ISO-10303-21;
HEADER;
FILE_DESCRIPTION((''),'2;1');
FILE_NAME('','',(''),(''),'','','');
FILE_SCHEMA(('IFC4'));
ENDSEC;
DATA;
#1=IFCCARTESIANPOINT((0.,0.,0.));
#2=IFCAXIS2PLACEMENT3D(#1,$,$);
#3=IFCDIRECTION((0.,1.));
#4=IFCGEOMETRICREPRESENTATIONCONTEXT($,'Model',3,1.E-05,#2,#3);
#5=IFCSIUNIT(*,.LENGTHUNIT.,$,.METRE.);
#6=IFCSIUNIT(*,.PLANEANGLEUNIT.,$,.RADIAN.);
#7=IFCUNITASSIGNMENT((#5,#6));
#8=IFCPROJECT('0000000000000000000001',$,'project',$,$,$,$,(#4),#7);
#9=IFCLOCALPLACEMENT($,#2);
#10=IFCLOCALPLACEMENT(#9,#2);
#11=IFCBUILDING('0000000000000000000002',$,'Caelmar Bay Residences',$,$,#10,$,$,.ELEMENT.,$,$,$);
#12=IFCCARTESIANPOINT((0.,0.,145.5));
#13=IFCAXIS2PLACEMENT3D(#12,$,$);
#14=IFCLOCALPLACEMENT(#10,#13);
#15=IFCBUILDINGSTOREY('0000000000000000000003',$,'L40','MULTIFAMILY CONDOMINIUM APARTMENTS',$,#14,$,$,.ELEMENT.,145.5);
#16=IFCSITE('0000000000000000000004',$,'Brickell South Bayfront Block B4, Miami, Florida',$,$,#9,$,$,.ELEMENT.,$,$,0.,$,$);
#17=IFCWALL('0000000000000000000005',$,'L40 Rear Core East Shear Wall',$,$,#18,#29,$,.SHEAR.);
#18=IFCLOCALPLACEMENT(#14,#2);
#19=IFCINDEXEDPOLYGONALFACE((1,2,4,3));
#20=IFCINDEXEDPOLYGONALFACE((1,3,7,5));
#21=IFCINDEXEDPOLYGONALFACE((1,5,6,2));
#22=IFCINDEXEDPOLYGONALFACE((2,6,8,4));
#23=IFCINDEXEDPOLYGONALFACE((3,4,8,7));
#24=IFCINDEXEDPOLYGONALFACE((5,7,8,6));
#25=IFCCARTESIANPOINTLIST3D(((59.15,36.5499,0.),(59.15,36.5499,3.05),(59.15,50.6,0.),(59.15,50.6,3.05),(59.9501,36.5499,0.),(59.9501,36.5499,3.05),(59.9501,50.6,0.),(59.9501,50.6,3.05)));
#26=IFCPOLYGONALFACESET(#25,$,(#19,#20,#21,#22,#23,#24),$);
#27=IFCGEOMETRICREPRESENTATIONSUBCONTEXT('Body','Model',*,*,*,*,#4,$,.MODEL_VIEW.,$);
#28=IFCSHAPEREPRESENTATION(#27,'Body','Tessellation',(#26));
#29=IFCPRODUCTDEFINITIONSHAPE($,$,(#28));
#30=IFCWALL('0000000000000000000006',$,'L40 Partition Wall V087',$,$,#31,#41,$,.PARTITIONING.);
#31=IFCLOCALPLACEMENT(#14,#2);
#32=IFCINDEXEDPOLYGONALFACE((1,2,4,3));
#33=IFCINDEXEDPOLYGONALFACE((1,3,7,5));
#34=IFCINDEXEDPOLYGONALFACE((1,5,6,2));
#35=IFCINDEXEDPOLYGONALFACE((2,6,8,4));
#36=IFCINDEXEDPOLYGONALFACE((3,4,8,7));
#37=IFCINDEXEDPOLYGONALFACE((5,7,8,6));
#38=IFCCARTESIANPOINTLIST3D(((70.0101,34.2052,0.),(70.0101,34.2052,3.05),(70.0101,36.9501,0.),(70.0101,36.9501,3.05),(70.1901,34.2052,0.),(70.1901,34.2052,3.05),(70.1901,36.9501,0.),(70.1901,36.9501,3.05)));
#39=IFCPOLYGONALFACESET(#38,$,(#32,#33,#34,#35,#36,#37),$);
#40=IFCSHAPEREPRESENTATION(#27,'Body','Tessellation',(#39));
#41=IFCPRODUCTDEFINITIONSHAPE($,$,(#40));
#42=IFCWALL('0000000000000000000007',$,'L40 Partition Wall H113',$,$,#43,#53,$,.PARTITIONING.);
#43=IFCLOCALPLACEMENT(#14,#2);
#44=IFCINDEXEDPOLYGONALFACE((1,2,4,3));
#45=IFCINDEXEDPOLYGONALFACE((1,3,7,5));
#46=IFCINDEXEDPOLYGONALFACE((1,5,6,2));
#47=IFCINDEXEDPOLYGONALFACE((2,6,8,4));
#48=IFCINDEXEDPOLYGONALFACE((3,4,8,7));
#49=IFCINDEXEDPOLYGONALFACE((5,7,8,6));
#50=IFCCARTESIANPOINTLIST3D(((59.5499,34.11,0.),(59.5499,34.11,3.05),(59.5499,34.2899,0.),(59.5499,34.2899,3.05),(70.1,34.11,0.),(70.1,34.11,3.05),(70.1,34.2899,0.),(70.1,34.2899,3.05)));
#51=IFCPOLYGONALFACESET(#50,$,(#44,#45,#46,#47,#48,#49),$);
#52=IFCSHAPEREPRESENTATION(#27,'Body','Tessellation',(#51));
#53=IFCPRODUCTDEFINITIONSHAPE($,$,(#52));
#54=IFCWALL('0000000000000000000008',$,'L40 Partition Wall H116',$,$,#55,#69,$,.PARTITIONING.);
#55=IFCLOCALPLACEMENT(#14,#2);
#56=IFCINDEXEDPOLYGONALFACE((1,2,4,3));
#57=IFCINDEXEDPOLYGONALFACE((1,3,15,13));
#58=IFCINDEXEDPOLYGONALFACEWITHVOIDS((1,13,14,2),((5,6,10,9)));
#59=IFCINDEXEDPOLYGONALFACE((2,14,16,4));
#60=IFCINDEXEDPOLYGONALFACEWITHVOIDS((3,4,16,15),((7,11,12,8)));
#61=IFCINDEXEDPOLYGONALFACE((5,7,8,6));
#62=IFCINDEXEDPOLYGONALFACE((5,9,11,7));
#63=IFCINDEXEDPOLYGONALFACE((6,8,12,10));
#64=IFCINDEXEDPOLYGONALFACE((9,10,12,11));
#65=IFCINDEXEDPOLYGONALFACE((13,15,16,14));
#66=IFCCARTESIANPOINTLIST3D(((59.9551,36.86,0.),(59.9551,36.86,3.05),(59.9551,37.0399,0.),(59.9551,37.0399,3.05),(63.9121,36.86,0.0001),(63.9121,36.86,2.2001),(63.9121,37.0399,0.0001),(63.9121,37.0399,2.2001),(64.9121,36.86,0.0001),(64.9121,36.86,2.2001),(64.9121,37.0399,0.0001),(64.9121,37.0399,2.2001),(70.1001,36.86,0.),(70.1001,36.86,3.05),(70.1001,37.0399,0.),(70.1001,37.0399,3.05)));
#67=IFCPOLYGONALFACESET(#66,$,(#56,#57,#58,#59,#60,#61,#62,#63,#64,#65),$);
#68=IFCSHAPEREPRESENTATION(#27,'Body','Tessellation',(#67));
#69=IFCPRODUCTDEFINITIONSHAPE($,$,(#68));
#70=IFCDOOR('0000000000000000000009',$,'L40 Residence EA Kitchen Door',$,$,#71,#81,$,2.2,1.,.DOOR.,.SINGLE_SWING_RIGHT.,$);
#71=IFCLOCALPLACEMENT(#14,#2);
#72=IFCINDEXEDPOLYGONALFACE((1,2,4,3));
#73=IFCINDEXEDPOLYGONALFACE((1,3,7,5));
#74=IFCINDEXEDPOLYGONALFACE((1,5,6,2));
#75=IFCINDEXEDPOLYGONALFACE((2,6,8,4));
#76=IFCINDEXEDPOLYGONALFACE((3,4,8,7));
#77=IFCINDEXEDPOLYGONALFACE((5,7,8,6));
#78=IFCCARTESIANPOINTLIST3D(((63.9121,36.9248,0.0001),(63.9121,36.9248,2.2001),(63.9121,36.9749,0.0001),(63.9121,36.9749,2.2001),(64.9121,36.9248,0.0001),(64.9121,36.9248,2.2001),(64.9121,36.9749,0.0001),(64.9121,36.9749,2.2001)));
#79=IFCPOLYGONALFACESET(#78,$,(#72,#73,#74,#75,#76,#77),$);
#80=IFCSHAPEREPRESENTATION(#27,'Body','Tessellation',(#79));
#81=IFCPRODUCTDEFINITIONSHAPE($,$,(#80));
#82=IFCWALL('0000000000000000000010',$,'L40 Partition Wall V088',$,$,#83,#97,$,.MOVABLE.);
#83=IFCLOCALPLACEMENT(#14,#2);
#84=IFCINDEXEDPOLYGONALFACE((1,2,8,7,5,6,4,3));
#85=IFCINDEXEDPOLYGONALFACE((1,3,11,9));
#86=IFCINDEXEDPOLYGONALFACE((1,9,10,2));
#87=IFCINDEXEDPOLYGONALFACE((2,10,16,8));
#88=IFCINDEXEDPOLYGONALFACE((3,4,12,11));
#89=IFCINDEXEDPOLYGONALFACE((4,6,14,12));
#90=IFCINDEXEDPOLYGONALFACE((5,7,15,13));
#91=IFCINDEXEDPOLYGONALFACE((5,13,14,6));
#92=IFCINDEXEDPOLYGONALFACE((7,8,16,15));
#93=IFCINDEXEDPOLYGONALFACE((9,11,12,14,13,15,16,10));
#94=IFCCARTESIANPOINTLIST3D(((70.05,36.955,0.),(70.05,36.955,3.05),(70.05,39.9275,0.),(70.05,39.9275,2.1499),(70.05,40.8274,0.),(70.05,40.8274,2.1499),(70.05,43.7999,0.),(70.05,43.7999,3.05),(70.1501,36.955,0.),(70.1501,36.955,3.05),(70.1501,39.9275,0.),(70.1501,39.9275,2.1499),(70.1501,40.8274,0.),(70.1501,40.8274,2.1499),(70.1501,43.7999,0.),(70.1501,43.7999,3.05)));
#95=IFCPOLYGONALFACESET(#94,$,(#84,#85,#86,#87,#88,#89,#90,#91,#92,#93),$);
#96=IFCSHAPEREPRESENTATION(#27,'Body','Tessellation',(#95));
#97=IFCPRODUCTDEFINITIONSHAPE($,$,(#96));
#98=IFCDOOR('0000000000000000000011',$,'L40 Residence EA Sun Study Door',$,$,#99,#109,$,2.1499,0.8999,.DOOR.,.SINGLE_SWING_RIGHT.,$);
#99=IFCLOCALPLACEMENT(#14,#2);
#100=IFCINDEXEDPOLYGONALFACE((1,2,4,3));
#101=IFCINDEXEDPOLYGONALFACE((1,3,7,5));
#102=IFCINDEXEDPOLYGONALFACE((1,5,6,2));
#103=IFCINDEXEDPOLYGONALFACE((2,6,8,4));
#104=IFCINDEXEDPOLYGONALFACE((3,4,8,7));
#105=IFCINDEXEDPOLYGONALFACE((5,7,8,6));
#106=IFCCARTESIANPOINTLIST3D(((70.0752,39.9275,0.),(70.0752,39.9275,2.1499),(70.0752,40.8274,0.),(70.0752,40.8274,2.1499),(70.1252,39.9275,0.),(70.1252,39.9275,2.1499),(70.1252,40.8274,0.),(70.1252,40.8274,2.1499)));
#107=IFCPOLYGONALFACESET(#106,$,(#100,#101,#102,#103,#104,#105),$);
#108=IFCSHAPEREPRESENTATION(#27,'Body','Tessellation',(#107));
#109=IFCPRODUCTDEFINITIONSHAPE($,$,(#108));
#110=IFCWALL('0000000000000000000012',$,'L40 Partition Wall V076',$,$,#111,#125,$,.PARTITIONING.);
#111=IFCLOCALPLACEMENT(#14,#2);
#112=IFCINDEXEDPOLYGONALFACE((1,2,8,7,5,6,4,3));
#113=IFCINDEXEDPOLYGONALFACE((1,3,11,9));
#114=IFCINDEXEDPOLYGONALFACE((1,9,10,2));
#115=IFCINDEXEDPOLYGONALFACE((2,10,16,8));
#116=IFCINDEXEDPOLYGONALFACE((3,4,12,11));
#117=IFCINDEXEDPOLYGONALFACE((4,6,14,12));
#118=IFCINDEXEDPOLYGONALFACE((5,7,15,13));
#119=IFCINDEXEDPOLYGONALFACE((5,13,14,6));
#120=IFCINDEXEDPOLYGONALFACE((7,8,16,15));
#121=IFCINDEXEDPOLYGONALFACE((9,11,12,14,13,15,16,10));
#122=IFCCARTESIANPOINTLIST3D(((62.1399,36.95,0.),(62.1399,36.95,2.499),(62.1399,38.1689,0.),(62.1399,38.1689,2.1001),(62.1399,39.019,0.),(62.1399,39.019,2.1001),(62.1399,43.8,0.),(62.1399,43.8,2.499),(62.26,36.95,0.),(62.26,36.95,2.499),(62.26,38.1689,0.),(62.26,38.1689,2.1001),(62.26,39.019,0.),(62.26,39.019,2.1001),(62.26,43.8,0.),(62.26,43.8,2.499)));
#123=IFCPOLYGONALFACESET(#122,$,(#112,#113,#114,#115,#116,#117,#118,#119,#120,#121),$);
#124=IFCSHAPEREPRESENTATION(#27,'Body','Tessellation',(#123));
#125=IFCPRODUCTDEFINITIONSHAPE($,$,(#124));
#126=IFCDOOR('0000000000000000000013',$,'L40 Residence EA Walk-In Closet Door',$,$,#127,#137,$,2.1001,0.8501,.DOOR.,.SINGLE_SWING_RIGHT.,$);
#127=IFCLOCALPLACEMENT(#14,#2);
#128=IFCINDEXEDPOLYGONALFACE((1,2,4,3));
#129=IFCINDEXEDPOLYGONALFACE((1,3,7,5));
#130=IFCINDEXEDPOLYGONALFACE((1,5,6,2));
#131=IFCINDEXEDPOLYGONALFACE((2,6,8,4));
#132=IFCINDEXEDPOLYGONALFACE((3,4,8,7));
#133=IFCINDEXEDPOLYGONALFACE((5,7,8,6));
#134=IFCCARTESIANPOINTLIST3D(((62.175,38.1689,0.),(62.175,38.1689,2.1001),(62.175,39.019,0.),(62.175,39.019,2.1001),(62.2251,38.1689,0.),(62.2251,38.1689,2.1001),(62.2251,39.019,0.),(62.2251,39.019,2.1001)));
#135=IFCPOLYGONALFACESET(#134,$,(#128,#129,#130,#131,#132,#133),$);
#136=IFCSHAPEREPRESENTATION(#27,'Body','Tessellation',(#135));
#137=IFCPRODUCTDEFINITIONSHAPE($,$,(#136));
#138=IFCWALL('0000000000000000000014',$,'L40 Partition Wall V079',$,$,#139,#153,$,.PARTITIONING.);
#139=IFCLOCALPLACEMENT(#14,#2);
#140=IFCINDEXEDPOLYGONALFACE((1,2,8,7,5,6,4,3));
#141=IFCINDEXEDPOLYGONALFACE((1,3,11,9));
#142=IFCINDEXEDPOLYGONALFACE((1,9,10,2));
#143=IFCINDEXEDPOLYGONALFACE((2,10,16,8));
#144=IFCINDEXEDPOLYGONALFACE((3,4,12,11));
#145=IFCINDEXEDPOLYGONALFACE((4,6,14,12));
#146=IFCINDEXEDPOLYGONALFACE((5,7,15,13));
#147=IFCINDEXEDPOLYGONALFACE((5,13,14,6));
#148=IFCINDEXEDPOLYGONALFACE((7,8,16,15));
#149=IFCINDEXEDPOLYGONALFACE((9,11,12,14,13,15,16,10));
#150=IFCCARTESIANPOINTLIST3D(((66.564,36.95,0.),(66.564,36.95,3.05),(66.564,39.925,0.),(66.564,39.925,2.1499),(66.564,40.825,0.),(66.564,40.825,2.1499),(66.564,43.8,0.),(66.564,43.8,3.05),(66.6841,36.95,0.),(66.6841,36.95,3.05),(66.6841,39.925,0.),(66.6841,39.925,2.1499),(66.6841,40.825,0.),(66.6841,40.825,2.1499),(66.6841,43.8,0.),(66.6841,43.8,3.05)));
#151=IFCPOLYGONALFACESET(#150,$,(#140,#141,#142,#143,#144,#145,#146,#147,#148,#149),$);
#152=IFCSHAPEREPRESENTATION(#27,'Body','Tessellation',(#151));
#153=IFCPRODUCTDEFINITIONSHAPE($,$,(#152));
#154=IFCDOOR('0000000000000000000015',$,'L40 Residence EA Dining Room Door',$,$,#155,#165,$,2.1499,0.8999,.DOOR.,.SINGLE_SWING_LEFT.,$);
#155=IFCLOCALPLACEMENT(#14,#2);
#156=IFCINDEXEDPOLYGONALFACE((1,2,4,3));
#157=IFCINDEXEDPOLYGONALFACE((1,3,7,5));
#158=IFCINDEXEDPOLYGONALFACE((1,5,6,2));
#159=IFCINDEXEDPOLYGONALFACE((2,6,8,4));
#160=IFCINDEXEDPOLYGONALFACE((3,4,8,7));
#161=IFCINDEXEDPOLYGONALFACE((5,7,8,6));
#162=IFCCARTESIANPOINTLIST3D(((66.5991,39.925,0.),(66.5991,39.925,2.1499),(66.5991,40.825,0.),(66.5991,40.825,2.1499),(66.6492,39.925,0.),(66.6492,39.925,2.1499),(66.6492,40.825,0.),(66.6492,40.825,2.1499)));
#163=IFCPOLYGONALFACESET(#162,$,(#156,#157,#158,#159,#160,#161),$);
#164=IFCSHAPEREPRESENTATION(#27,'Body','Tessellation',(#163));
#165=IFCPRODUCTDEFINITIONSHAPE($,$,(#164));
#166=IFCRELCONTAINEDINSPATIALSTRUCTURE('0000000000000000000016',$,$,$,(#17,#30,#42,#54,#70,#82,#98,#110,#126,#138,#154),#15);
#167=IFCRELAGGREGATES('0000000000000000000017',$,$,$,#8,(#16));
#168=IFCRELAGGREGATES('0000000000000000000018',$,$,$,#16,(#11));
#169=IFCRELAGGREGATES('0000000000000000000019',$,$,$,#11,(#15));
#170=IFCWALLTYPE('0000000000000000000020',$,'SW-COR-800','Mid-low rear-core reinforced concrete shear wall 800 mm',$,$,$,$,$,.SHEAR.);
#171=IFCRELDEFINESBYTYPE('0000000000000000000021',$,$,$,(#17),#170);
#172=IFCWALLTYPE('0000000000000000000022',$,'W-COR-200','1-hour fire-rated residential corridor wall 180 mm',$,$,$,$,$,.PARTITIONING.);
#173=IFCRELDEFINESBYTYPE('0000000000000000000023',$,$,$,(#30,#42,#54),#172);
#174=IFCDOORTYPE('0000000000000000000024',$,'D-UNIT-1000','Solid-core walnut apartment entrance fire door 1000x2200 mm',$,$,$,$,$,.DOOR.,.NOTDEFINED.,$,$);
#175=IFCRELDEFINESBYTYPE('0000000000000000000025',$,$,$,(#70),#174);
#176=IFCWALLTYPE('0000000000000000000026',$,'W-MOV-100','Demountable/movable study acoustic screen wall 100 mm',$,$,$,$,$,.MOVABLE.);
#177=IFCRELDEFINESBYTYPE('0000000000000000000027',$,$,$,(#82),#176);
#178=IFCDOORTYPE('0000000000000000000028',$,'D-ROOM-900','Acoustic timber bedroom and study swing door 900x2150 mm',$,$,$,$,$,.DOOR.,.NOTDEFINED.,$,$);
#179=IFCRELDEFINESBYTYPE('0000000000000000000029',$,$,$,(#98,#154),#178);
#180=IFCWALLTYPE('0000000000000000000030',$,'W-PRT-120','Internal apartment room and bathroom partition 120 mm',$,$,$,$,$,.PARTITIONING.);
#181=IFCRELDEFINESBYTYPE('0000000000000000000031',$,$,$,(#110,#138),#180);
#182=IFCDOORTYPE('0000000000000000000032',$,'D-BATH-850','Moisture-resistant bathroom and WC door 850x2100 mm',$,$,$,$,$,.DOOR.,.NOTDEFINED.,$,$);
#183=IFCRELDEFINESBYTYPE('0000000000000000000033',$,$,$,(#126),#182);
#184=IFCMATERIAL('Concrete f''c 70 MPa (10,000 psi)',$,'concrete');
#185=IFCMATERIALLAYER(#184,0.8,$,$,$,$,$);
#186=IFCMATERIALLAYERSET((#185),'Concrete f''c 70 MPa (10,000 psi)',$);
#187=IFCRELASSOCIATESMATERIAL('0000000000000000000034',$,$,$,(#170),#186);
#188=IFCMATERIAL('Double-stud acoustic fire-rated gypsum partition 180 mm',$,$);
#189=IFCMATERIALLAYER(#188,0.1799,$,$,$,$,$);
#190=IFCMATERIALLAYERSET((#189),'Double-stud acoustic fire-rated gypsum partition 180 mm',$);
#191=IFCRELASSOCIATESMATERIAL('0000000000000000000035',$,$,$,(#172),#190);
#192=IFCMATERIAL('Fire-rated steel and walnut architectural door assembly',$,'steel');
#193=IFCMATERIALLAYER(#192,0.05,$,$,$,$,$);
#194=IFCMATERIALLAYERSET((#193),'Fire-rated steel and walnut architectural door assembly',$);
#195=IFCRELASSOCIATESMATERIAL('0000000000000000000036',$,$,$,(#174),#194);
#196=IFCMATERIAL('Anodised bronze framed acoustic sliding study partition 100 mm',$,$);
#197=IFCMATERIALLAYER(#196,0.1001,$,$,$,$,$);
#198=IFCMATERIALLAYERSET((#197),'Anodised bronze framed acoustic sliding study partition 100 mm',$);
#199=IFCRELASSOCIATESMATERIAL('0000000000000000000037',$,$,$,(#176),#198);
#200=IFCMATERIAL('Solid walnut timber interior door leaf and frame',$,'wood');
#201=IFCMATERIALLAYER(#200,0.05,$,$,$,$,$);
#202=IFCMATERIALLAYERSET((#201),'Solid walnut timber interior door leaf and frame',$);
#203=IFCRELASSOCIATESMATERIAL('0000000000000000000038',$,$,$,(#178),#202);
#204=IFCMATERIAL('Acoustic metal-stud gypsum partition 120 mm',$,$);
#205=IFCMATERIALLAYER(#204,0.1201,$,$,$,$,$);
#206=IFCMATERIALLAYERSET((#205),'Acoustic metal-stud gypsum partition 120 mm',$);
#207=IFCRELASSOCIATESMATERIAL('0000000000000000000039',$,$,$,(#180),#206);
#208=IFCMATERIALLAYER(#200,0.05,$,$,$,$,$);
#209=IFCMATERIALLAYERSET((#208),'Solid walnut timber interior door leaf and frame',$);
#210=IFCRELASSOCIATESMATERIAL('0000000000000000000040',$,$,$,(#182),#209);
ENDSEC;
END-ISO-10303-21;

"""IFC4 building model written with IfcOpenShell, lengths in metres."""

from ifc_helpers import new_model, si_unit, direction, frame, frame_2d, origin, place, context, subcontext, project, spatial, rectangle, extrude, material, layer, layer_set, type_object, element, fill, save


model = new_model("IFC4")

# Units and contexts
model_context = context("Model", 3, precision=1e-05, world=origin(), true_north=direction((0.0, 1.0)))
body_context = subcontext(model_context, "Body", "Model", "MODEL_VIEW")
ifc_project = project(units=[si_unit("LENGTHUNIT", "METRE"), si_unit("PLANEANGLEUNIT", "RADIAN")], contexts=[model_context])

# Site, building, storey
site_placement = place(None, origin())
site = spatial("IfcSite", under=ifc_project, at=site_placement, Name="Brickell South Bayfront Block B4, Miami, Florida", CompositionType="ELEMENT", RefElevation=0.0)
building_placement = place(site_placement, origin())
building = spatial("IfcBuilding", under=site, at=building_placement, Name="Caelmar Bay Residences", CompositionType="ELEMENT")
storey_placement = place(building_placement, frame((0.0, 0.0, 145.5)))
storey = spatial("IfcBuildingStorey", under=building, at=storey_placement, Name="L40", Description="MULTIFAMILY CONDOMINIUM APARTMENTS", CompositionType="ELEMENT", Elevation=145.5)

# Walls
ifc_material_1 = material(Name="Concrete f'c 70 MPa (10,000 psi)", Category="concrete")
ifc_layer_1 = layer(ifc_material_1, 0.8)
ifc_layer_set_1 = layer_set([ifc_layer_1], Name="Concrete f'c 70 MPa (10,000 psi)")
wall_type_1 = type_object("IfcWallType", Name="SW-COR-800", Description="Mid-low rear-core reinforced concrete shear wall 800 mm", PredefinedType="SHEAR", material=ifc_layer_set_1)
wall_1_placement = place(storey_placement, frame((59.55, 36.55, 0.0), z_axis=(0.0, 0.0, 1.0), x_axis=(0.0, 1.0, 0.0)))
element("IfcWall", 1, at=wall_1_placement, inside=storey, type_object=wall_type_1, Name="L40 Rear Core East Shear Wall", PredefinedType="SHEAR", context=body_context, shape_type="SweptSolid", body=[
    extrude(rectangle(XDim=14.05, YDim=0.8, at=frame_2d((7.0249, 0.0))), origin(), (0.0, 0.0, 1.0), 3.05),
])
ifc_material_2 = material(Name="Double-stud acoustic fire-rated gypsum partition 180 mm")
ifc_layer_2 = layer(ifc_material_2, 0.1799)
ifc_layer_set_2 = layer_set([ifc_layer_2], Name="Double-stud acoustic fire-rated gypsum partition 180 mm")
wall_type_2 = type_object("IfcWallType", Name="W-COR-200", Description="1-hour fire-rated residential corridor wall 180 mm", PredefinedType="PARTITIONING", material=ifc_layer_set_2)
wall_2_placement = place(storey_placement, frame((70.1001, 34.2051, 0.0), z_axis=(0.0, 0.0, 1.0), x_axis=(0.0, 1.0, 0.0)))
element("IfcWall", 2, at=wall_2_placement, inside=storey, type_object=wall_type_2, Name="L40 Partition Wall V087", PredefinedType="PARTITIONING", context=body_context, shape_type="SweptSolid", body=[
    extrude(rectangle(XDim=2.7449, YDim=0.1799, at=frame_2d((1.3726, 0.0))), origin(), (0.0, 0.0, 1.0), 3.05),
])
wall_3_placement = place(storey_placement, frame((59.55, 34.2, 0.0), z_axis=(0.0, 0.0, 1.0), x_axis=(1.0, 0.0, 0.0)))
element("IfcWall", 3, at=wall_3_placement, inside=storey, type_object=wall_type_2, Name="L40 Partition Wall H113", PredefinedType="PARTITIONING", context=body_context, shape_type="SweptSolid", body=[
    extrude(rectangle(XDim=10.55, YDim=0.1799, at=frame_2d((5.2749, 0.0))), origin(), (0.0, 0.0, 1.0), 3.05),
])

# Walls, openings, doors
wall_4_placement = place(storey_placement, frame((59.9551, 36.95, 0.0), z_axis=(0.0, 0.0, 1.0), x_axis=(1.0, 0.0, 0.0)))
wall_4 = element("IfcWall", 4, at=wall_4_placement, inside=storey, type_object=wall_type_2, Name="L40 Partition Wall H116", PredefinedType="PARTITIONING", context=body_context, shape_type="SweptSolid", body=[
    extrude(rectangle(XDim=10.145, YDim=0.1799, at=frame_2d((5.0725, 0.0))), origin(), (0.0, 0.0, 1.0), 3.05),
])
opening_1_placement = place(wall_4_placement, frame((3.957, 0.0, 0.0)))
opening_1 = element("IfcOpeningElement", 5, at=opening_1_placement, cuts=wall_4, PredefinedType="OPENING", context=body_context, shape_type="SweptSolid", body=[
    extrude(rectangle(XDim=1.0, YDim=2.2, at=frame_2d((0.5, 1.1001))), frame((0.0, 0.0999, 0.0), z_axis=(0.0, -1.0, 0.0), x_axis=(1.0, 0.0, 0.0)), (0.0, 0.0, 1.0), 0.2),
])
ifc_material_3 = material(Name="Fire-rated steel and walnut architectural door assembly", Category="steel")
ifc_layer_3 = layer(ifc_material_3, 0.05)
ifc_layer_set_3 = layer_set([ifc_layer_3], Name="Fire-rated steel and walnut architectural door assembly")
door_type_1 = type_object("IfcDoorType", Name="D-UNIT-1000", Description="Solid-core walnut apartment entrance fire door 1000x2200 mm", OperationType="NOTDEFINED", PredefinedType="DOOR", material=ifc_layer_set_3)
door_1_placement = place(opening_1_placement, origin())
door_1 = element("IfcDoor", 6, at=door_1_placement, inside=storey, type_object=door_type_1, Name="L40 Residence EA Kitchen Door", OperationType="SINGLE_SWING_RIGHT", OverallHeight=2.2, OverallWidth=1.0, PredefinedType="DOOR", context=body_context, shape_type="SweptSolid", body=[
    extrude(rectangle(XDim=1.0, YDim=2.2, at=frame_2d((0.5, 1.1001))), frame((0.0, 0.0249, 0.0), z_axis=(0.0, -1.0, 0.0), x_axis=(1.0, 0.0, 0.0)), (0.0, 0.0, 1.0), 0.05),
])
fill(opening_1, door_1)
ifc_material_4 = material(Name="Anodised bronze framed acoustic sliding study partition 100 mm")
ifc_layer_4 = layer(ifc_material_4, 0.1001)
ifc_layer_set_4 = layer_set([ifc_layer_4], Name="Anodised bronze framed acoustic sliding study partition 100 mm")
wall_type_3 = type_object("IfcWallType", Name="W-MOV-100", Description="Demountable/movable study acoustic screen wall 100 mm", PredefinedType="MOVABLE", material=ifc_layer_set_4)
wall_5_placement = place(storey_placement, frame((70.1001, 36.9551, 0.0), z_axis=(0.0, 0.0, 1.0), x_axis=(0.0, 1.0, 0.0)))
wall_5 = element("IfcWall", 7, at=wall_5_placement, inside=storey, type_object=wall_type_3, Name="L40 Partition Wall V088", PredefinedType="MOVABLE", context=body_context, shape_type="SweptSolid", body=[
    extrude(rectangle(XDim=6.845, YDim=0.1001, at=frame_2d((3.4224, 0.0))), origin(), (0.0, 0.0, 1.0), 3.05),
])
opening_2_placement = place(wall_5_placement, frame((2.9724, 0.0, 0.0)))
opening_2 = element("IfcOpeningElement", 8, at=opening_2_placement, cuts=wall_5, PredefinedType="OPENING", context=body_context, shape_type="SweptSolid", body=[
    extrude(rectangle(XDim=0.8999, YDim=2.1499, at=frame_2d((0.45, 1.075))), frame((0.0, 0.0601, 0.0), z_axis=(0.0, -1.0, 0.0), x_axis=(1.0, 0.0, 0.0)), (0.0, 0.0, 1.0), 0.1201),
])
ifc_material_5 = material(Name="Solid walnut timber interior door leaf and frame", Category="wood")
ifc_layer_5 = layer(ifc_material_5, 0.05)
ifc_layer_set_5 = layer_set([ifc_layer_5], Name="Solid walnut timber interior door leaf and frame")
door_type_2 = type_object("IfcDoorType", Name="D-ROOM-900", Description="Acoustic timber bedroom and study swing door 900x2150 mm", OperationType="NOTDEFINED", PredefinedType="DOOR", material=ifc_layer_set_5)
door_2_placement = place(opening_2_placement, origin())
door_2 = element("IfcDoor", 9, at=door_2_placement, inside=storey, type_object=door_type_2, Name="L40 Residence EA Sun Study Door", OperationType="SINGLE_SWING_RIGHT", OverallHeight=2.1499, OverallWidth=0.8999, PredefinedType="DOOR", context=body_context, shape_type="SweptSolid", body=[
    extrude(rectangle(XDim=0.8999, YDim=2.1499, at=frame_2d((0.45, 1.075))), frame((0.0, 0.0249, 0.0), z_axis=(0.0, -1.0, 0.0), x_axis=(1.0, 0.0, 0.0)), (0.0, 0.0, 1.0), 0.05),
])
fill(opening_2, door_2)
ifc_material_6 = material(Name="Acoustic metal-stud gypsum partition 120 mm")
ifc_layer_6 = layer(ifc_material_6, 0.1201)
ifc_layer_set_6 = layer_set([ifc_layer_6], Name="Acoustic metal-stud gypsum partition 120 mm")
wall_type_4 = type_object("IfcWallType", Name="W-PRT-120", Description="Internal apartment room and bathroom partition 120 mm", PredefinedType="PARTITIONING", material=ifc_layer_set_6)
wall_6_placement = place(storey_placement, frame((62.2, 36.95, 0.0), z_axis=(0.0, 0.0, 1.0), x_axis=(0.0, 1.0, 0.0)))
wall_6 = element("IfcWall", 10, at=wall_6_placement, inside=storey, type_object=wall_type_4, Name="L40 Partition Wall V076", PredefinedType="PARTITIONING", context=body_context, shape_type="SweptSolid", body=[
    extrude(rectangle(XDim=6.8501, YDim=0.1201, at=frame_2d((3.425, 0.0))), origin(), (0.0, 0.0, 1.0), 2.499),
])
opening_3_placement = place(wall_6_placement, frame((1.219, 0.0, 0.0)))
opening_3 = element("IfcOpeningElement", 11, at=opening_3_placement, cuts=wall_6, PredefinedType="OPENING", context=body_context, shape_type="SweptSolid", body=[
    extrude(rectangle(XDim=0.8501, YDim=2.1001, at=frame_2d((0.425, 1.05))), frame((0.0, 0.0701, 0.0), z_axis=(0.0, -1.0, 0.0), x_axis=(1.0, 0.0, 0.0)), (0.0, 0.0, 1.0), 0.1401),
])
ifc_layer_7 = layer(ifc_material_5, 0.05)
ifc_layer_set_7 = layer_set([ifc_layer_7], Name="Solid walnut timber interior door leaf and frame")
door_type_3 = type_object("IfcDoorType", Name="D-BATH-850", Description="Moisture-resistant bathroom and WC door 850x2100 mm", OperationType="NOTDEFINED", PredefinedType="DOOR", material=ifc_layer_set_7)
door_3_placement = place(opening_3_placement, origin())
door_3 = element("IfcDoor", 12, at=door_3_placement, inside=storey, type_object=door_type_3, Name="L40 Residence EA Walk-In Closet Door", OperationType="SINGLE_SWING_RIGHT", OverallHeight=2.1001, OverallWidth=0.8501, PredefinedType="DOOR", context=body_context, shape_type="SweptSolid", body=[
    extrude(rectangle(XDim=0.8501, YDim=2.1001, at=frame_2d((0.425, 1.05))), frame((0.0, 0.0249, 0.0), z_axis=(0.0, -1.0, 0.0), x_axis=(1.0, 0.0, 0.0)), (0.0, 0.0, 1.0), 0.05),
])
fill(opening_3, door_3)
wall_7_placement = place(storey_placement, frame((66.624, 36.95, 0.0), z_axis=(0.0, 0.0, 1.0), x_axis=(0.0, 1.0, 0.0)))
wall_7 = element("IfcWall", 13, at=wall_7_placement, inside=storey, type_object=wall_type_4, Name="L40 Partition Wall V079", PredefinedType="PARTITIONING", context=body_context, shape_type="SweptSolid", body=[
    extrude(rectangle(XDim=6.8501, YDim=0.1201, at=frame_2d((3.425, 0.0))), origin(), (0.0, 0.0, 1.0), 3.05),
])
opening_4_placement = place(wall_7_placement, frame((2.9751, 0.0, 0.0)))
opening_4 = element("IfcOpeningElement", 14, at=opening_4_placement, cuts=wall_7, PredefinedType="OPENING", context=body_context, shape_type="SweptSolid", body=[
    extrude(rectangle(XDim=0.8999, YDim=2.1499, at=frame_2d((0.45, 1.075))), frame((0.0, 0.0701, 0.0), z_axis=(0.0, -1.0, 0.0), x_axis=(1.0, 0.0, 0.0)), (0.0, 0.0, 1.0), 0.1401),
])
door_4_placement = place(opening_4_placement, origin())
door_4 = element("IfcDoor", 15, at=door_4_placement, inside=storey, type_object=door_type_2, Name="L40 Residence EA Dining Room Door", OperationType="SINGLE_SWING_LEFT", OverallHeight=2.1499, OverallWidth=0.8999, PredefinedType="DOOR", context=body_context, shape_type="SweptSolid", body=[
    extrude(rectangle(XDim=0.8999, YDim=2.1499, at=frame_2d((0.45, 1.075))), frame((0.0, 0.0249, 0.0), z_axis=(0.0, -1.0, 0.0), x_axis=(1.0, 0.0, 0.0)), (0.0, 0.0, 1.0), 0.05),
])
fill(opening_4, door_4)

save(model, "model.ifc")
